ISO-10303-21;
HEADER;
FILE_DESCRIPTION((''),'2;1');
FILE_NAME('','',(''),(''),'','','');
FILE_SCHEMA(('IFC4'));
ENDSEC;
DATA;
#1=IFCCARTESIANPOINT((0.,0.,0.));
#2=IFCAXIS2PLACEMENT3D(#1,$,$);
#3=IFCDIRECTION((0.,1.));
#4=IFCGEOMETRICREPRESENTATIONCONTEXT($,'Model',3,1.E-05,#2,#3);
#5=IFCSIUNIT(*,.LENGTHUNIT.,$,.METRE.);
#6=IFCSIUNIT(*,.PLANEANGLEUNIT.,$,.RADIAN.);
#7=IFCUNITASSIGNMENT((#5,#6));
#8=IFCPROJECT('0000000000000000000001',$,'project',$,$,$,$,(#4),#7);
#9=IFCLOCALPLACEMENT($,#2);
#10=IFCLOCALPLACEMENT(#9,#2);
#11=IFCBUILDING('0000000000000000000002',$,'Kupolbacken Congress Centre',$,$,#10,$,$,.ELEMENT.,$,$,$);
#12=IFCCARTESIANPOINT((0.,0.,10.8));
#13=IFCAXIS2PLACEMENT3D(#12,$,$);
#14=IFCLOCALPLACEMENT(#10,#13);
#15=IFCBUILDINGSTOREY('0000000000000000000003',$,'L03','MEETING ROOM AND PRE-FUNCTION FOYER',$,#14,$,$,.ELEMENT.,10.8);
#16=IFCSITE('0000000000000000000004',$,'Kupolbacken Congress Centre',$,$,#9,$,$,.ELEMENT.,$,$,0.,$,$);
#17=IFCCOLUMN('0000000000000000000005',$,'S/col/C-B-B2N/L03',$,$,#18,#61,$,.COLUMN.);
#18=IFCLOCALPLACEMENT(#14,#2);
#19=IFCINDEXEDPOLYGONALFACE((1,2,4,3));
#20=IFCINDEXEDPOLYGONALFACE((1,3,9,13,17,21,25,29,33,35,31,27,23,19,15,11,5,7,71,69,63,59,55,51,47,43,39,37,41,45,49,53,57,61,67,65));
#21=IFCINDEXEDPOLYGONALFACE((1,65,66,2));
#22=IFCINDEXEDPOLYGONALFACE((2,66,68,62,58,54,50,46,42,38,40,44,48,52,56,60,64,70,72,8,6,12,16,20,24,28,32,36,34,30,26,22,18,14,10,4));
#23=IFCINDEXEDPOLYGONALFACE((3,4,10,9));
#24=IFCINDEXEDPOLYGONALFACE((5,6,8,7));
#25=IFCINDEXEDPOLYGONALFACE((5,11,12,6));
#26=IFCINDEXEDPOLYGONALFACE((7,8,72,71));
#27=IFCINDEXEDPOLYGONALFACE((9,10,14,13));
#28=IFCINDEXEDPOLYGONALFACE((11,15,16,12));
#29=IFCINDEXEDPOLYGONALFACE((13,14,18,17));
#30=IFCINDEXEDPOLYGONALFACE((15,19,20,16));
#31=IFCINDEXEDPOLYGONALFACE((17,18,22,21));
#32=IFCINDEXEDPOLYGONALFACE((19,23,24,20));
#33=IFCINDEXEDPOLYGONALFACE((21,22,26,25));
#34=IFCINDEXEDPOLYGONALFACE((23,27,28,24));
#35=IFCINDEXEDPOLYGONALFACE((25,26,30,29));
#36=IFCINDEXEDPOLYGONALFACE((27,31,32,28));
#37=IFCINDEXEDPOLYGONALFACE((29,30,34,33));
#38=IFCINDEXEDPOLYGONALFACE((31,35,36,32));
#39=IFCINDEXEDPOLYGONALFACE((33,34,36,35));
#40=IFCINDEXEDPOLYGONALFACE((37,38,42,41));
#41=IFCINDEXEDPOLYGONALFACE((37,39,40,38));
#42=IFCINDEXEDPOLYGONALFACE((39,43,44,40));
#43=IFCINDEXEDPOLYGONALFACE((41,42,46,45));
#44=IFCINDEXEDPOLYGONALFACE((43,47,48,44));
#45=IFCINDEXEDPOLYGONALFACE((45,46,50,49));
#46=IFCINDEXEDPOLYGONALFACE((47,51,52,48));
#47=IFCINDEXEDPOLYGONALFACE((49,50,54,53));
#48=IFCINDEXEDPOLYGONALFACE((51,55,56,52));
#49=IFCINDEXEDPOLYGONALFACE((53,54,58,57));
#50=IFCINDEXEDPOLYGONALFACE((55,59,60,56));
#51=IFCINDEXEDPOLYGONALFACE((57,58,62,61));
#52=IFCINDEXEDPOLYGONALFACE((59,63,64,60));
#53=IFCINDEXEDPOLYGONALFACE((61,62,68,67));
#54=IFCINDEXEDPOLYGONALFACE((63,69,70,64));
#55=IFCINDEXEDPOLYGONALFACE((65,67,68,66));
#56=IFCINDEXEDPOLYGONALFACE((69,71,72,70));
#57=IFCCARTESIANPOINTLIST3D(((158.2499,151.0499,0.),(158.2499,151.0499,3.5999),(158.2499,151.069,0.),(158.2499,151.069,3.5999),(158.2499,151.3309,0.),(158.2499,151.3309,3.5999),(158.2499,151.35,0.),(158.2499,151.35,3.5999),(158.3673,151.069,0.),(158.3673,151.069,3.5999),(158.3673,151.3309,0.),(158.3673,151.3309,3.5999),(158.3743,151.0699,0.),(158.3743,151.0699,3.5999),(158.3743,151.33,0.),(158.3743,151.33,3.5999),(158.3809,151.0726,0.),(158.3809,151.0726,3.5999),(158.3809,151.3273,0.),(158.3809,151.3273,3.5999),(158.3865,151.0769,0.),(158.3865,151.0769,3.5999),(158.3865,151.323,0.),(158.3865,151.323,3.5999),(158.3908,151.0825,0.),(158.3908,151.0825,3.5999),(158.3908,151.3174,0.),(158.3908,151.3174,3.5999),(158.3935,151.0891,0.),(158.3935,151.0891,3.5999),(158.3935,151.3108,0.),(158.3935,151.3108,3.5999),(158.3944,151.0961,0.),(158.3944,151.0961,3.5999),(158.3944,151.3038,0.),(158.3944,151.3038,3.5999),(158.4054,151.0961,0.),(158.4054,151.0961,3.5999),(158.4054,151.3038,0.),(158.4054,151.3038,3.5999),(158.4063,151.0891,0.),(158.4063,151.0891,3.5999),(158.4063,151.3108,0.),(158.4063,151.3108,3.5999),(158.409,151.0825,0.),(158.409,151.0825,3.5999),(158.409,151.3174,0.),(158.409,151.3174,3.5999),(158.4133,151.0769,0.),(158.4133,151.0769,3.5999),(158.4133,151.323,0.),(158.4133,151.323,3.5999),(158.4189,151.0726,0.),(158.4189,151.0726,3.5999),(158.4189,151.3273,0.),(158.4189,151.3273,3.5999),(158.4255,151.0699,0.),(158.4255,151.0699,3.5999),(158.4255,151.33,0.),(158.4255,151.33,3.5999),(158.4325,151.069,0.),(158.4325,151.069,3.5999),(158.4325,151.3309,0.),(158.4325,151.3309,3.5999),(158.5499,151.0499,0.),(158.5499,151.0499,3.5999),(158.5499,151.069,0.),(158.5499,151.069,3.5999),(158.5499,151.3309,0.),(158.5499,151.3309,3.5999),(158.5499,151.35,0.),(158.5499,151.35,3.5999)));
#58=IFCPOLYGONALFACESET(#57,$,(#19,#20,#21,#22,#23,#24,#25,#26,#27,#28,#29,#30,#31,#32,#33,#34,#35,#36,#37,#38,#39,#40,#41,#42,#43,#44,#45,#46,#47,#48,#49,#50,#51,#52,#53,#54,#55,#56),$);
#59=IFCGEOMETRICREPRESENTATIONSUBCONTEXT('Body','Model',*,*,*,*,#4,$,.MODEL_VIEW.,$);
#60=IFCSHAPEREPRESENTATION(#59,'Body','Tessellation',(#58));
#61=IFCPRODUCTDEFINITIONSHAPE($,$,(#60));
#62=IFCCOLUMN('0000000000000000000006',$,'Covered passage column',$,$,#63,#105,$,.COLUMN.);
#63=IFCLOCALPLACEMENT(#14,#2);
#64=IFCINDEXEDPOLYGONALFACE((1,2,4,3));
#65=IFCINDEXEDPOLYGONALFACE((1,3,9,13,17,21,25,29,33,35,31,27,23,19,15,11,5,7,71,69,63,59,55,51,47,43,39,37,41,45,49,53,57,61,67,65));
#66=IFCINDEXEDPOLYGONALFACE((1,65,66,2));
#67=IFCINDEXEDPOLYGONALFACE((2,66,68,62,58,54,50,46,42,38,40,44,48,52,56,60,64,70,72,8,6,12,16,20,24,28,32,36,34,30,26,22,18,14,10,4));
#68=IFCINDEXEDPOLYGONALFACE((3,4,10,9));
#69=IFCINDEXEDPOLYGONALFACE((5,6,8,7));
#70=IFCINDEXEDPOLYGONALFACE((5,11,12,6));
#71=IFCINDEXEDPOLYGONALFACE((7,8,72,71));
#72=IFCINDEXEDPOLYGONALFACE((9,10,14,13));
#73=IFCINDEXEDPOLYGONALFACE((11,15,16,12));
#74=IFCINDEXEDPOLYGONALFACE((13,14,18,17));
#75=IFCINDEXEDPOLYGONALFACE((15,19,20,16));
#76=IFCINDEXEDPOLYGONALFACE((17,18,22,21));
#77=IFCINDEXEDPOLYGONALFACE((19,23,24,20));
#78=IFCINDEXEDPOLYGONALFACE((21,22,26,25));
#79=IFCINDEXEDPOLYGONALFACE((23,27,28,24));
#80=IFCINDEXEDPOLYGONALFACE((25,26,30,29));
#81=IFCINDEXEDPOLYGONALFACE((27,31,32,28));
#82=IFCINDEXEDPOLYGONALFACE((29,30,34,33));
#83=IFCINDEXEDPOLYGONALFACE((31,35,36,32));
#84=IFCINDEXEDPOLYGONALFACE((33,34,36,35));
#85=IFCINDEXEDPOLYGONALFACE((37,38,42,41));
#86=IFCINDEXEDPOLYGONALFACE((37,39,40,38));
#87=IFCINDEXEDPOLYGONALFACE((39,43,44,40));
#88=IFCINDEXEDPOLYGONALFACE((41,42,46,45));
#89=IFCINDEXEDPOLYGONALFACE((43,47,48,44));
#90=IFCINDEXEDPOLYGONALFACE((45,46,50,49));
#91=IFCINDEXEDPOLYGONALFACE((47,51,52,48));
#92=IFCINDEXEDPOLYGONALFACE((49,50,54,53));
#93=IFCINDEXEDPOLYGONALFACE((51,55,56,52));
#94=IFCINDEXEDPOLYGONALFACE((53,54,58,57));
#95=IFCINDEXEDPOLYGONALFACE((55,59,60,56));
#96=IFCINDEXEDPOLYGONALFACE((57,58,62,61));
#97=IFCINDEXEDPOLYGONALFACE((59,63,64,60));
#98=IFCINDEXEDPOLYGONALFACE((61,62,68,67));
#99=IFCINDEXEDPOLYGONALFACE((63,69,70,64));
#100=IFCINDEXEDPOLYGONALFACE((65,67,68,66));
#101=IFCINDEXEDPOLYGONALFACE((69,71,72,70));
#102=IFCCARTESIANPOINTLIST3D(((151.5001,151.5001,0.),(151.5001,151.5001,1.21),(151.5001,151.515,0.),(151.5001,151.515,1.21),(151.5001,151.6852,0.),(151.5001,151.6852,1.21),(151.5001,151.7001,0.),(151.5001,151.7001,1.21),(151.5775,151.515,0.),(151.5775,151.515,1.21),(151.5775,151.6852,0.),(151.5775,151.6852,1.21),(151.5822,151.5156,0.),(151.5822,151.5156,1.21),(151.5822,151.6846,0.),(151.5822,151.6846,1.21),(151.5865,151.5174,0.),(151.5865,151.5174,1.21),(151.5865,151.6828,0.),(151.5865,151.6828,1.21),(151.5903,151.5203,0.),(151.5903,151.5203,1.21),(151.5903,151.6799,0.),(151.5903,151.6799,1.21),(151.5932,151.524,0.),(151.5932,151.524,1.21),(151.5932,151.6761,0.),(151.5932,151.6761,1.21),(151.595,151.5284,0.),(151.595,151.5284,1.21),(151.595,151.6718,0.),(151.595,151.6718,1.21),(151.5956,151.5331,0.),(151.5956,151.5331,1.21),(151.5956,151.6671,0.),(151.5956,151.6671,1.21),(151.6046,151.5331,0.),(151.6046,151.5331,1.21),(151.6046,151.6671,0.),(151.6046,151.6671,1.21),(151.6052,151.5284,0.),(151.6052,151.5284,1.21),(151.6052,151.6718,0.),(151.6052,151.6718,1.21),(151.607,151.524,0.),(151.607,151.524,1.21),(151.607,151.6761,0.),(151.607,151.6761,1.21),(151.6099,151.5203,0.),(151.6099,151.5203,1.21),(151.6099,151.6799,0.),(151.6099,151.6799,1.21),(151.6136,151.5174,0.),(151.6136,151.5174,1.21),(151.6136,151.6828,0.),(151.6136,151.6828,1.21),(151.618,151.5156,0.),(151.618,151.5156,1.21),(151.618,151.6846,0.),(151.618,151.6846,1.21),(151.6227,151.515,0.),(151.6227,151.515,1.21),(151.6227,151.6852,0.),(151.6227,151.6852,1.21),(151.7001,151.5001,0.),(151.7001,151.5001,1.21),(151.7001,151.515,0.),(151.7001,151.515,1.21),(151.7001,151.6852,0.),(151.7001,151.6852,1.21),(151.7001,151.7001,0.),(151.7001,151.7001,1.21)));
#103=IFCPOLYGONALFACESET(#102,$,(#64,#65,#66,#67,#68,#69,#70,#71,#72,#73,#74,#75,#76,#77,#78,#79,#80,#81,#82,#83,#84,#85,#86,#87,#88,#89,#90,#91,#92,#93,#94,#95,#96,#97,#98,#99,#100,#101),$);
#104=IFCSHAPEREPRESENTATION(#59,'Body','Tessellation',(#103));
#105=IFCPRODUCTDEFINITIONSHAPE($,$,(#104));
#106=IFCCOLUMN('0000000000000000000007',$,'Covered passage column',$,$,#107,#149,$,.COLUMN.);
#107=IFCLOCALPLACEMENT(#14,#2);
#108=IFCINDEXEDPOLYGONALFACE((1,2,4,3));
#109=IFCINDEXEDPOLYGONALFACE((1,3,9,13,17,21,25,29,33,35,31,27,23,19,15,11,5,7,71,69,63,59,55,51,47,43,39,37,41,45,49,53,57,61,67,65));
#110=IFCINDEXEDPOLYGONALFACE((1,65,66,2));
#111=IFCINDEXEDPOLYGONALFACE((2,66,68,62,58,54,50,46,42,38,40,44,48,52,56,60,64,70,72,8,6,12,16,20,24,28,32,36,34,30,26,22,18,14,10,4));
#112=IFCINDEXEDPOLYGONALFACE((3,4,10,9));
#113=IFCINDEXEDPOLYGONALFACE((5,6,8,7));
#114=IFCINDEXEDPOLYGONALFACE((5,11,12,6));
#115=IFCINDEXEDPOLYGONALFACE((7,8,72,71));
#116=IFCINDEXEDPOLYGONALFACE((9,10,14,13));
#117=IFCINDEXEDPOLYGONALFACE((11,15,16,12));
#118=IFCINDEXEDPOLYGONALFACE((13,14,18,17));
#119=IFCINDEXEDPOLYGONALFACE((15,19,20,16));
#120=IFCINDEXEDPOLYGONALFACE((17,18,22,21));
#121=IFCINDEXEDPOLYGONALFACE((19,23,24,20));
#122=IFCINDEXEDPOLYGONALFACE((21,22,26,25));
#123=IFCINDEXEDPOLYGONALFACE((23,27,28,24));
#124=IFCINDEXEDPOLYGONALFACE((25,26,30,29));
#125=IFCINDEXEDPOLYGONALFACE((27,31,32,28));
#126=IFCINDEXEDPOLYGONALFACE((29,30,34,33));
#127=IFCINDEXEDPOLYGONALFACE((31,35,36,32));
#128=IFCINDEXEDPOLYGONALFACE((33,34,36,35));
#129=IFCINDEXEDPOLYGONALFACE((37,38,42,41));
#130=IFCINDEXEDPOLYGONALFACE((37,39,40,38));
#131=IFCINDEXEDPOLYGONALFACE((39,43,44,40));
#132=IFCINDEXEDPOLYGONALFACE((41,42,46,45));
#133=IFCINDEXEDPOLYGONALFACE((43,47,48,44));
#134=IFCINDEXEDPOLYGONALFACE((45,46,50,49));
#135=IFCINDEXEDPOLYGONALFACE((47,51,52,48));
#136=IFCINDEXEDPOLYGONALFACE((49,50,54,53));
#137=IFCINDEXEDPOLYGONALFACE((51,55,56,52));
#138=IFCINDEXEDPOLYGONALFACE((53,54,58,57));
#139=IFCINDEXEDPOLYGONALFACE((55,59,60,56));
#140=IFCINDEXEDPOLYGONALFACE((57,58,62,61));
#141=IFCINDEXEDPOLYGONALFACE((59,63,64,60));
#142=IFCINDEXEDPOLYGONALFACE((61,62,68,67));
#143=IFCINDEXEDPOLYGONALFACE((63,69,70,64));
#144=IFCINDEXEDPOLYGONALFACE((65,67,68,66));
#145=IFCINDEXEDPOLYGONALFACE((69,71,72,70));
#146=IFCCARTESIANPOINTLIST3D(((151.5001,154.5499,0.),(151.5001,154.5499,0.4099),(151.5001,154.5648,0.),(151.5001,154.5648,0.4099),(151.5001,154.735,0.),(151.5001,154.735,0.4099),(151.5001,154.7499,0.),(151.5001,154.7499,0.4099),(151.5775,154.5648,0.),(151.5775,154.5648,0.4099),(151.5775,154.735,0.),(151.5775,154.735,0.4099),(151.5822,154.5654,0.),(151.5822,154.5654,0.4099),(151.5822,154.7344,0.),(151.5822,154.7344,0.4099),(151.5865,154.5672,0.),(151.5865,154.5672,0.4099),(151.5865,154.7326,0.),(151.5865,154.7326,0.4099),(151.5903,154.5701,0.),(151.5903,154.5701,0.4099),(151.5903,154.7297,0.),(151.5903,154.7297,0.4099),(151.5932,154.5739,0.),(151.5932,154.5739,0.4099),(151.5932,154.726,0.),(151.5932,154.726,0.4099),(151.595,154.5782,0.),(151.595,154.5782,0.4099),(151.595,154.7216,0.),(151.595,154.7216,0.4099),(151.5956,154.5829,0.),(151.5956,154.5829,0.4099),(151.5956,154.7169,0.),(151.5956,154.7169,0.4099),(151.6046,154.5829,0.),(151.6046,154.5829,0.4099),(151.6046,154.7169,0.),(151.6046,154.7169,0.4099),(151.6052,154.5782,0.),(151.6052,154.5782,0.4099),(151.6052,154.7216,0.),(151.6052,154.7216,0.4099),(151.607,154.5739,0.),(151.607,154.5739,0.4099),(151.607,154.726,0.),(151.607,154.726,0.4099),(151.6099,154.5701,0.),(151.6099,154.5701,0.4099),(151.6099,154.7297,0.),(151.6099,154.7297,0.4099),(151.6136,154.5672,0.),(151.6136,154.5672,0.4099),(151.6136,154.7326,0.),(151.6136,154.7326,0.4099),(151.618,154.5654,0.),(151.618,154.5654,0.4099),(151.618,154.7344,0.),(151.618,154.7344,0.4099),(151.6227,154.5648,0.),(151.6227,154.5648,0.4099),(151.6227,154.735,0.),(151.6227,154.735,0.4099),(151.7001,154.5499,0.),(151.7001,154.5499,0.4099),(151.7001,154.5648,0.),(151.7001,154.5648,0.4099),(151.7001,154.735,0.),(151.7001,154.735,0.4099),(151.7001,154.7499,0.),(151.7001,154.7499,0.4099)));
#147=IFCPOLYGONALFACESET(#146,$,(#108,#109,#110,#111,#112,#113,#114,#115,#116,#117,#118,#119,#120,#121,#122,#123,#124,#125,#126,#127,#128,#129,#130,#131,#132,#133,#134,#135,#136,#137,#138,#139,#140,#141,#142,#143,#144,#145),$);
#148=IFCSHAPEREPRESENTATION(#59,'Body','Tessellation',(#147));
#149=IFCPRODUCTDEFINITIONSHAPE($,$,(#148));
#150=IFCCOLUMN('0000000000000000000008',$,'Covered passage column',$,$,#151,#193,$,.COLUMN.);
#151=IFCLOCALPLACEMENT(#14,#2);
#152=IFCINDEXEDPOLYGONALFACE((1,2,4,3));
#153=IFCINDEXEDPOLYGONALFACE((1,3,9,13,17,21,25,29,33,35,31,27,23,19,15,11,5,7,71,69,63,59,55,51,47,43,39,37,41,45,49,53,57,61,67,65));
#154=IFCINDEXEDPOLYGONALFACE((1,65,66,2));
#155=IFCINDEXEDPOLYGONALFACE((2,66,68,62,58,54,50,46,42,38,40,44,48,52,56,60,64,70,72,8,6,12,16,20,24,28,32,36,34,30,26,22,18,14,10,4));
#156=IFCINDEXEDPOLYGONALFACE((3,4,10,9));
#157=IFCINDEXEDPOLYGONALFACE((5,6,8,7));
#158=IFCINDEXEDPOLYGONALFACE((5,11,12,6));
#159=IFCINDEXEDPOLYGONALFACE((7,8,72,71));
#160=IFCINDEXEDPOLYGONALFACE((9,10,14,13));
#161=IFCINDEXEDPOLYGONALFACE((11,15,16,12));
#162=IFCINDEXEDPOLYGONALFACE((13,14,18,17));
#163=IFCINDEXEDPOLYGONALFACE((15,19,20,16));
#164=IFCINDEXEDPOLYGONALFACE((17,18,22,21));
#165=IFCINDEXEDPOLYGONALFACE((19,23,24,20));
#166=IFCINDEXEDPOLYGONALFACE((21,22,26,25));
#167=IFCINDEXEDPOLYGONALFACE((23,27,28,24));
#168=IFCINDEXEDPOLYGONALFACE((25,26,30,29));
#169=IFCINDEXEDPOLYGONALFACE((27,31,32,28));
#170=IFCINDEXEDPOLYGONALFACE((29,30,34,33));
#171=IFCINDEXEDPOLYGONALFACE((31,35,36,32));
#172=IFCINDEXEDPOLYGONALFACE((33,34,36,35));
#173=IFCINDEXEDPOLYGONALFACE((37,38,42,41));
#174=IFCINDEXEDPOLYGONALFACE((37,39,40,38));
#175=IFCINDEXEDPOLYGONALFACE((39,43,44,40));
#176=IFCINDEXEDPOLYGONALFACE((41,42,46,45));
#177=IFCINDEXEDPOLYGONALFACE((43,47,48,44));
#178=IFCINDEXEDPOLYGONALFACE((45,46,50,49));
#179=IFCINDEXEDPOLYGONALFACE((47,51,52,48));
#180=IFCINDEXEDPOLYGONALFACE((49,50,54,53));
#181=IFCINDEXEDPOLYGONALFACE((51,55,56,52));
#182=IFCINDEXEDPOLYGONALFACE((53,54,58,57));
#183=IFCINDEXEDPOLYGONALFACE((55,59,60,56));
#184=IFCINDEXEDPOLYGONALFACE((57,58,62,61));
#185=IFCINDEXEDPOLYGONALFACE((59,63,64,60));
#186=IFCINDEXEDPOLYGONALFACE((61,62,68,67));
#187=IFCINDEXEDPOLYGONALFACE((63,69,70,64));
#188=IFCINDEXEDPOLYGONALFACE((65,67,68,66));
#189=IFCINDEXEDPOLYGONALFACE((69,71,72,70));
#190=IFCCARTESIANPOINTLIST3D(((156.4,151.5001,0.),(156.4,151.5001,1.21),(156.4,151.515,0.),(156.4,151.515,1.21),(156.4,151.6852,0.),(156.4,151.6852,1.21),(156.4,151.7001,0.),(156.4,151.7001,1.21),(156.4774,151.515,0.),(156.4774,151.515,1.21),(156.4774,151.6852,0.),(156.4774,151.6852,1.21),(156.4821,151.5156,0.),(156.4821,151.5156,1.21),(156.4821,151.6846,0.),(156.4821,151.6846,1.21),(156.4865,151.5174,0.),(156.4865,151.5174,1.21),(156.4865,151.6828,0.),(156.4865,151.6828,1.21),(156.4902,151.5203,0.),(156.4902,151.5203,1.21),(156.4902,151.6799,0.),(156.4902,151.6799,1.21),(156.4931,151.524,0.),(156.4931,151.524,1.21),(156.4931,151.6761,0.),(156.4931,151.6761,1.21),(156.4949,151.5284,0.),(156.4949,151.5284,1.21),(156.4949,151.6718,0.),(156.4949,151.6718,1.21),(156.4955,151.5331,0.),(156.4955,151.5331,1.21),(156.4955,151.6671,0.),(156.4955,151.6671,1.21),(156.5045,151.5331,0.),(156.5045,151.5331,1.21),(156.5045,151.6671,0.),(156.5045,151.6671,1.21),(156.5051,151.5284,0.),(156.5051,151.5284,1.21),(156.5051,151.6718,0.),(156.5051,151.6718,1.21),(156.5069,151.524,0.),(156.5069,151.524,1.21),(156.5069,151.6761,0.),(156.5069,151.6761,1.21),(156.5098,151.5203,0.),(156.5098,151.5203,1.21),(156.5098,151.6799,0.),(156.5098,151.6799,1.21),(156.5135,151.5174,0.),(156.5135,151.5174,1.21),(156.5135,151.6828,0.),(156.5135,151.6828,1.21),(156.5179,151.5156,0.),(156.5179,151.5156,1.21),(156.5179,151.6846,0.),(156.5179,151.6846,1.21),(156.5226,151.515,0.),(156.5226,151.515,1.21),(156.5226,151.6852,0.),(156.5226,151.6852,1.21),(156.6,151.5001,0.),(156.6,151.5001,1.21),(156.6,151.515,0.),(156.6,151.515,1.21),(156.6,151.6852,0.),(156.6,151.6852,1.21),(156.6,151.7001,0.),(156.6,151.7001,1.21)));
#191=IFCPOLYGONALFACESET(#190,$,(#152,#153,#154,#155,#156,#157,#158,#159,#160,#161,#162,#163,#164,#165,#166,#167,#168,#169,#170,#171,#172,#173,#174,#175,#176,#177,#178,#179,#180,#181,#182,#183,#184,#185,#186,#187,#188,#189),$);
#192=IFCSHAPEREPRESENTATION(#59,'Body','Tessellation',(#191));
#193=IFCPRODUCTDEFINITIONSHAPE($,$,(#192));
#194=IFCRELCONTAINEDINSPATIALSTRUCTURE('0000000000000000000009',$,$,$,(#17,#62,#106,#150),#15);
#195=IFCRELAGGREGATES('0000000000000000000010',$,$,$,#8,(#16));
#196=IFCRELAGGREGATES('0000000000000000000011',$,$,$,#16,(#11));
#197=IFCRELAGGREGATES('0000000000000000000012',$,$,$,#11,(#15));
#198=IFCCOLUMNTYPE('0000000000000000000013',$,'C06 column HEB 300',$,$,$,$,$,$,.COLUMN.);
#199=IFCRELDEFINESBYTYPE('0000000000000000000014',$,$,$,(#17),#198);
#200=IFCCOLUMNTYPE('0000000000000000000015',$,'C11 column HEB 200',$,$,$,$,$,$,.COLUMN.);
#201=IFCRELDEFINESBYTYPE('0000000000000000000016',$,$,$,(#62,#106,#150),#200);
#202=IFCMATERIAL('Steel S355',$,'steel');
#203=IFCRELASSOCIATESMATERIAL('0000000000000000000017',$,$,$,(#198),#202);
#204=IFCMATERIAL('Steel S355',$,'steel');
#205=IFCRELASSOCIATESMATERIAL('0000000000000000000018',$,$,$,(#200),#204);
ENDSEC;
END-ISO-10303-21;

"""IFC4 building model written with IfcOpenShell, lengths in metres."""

from ifc_helpers import new_model, si_unit, direction, frame, origin, origin_2d, place, context, subcontext, project, spatial, i_section, extrude, material, material_profile, profile_set, type_object, element, save


model = new_model("IFC4")

# Units and contexts
model_context = context("Model", 3, precision=1e-05, world=origin(), true_north=direction((0.0, 1.0)))
body_context = subcontext(model_context, "Body", "Model", "MODEL_VIEW")
ifc_project = project(units=[si_unit("LENGTHUNIT", "METRE"), si_unit("PLANEANGLEUNIT", "RADIAN")], contexts=[model_context])

# Site, building, storey
site_placement = place(None, origin())
site = spatial("IfcSite", under=ifc_project, at=site_placement, Name="Kupolbacken Congress Centre", CompositionType="ELEMENT", RefElevation=0.0)
building_placement = place(site_placement, origin())
building = spatial("IfcBuilding", under=site, at=building_placement, Name="Kupolbacken Congress Centre", CompositionType="ELEMENT")
storey_placement = place(building_placement, frame((0.0, 0.0, 10.8)))
storey = spatial("IfcBuildingStorey", under=building, at=storey_placement, Name="L03", Description="MEETING ROOM AND PRE-FUNCTION FOYER", CompositionType="ELEMENT", Elevation=10.8)

# Columns
ifc_material_1 = material(Name="Steel S355", Category="steel")
ifc_material_profile_1 = material_profile(ifc_material_1, i_section(OverallWidth=0.3, OverallDepth=0.3, WebThickness=0.011, FlangeThickness=0.019, FilletRadius=0.0271, at=origin_2d()), Name="HEB 300")
ifc_profile_set_1 = profile_set([ifc_material_profile_1], Name="Steel S355")
column_type_1 = type_object("IfcColumnType", Name="C06 column HEB 300", PredefinedType="COLUMN", material=ifc_profile_set_1)
column_1_placement = place(storey_placement, frame((158.3999, 151.2, 0.0), z_axis=(0.0, 0.0, 1.0), x_axis=(1.0, 0.0, 0.0)))
element("IfcColumn", 1, at=column_1_placement, inside=storey, type_object=column_type_1, Name="S/col/C-B-B2N/L03", PredefinedType="COLUMN", context=body_context, shape_type="SweptSolid", body=[
    extrude(i_section(OverallWidth=0.3, OverallDepth=0.3, WebThickness=0.011, FlangeThickness=0.019, FilletRadius=0.0271, at=origin_2d()), origin(), (0.0, 0.0, 1.0), 3.5999),
])
ifc_material_2 = material(Name="Steel S355", Category="steel")
ifc_material_profile_2 = material_profile(ifc_material_2, i_section(OverallWidth=0.2, OverallDepth=0.2, WebThickness=0.009, FlangeThickness=0.0149, FilletRadius=0.0181, at=origin_2d()), Name="HEB 200")
ifc_profile_set_2 = profile_set([ifc_material_profile_2], Name="Steel S355")
column_type_2 = type_object("IfcColumnType", Name="C11 column HEB 200", PredefinedType="COLUMN", material=ifc_profile_set_2)
column_2_placement = place(storey_placement, frame((151.6001, 151.6001, 0.0), z_axis=(0.0, 0.0, 1.0), x_axis=(1.0, 0.0, 0.0)))
element("IfcColumn", 2, at=column_2_placement, inside=storey, type_object=column_type_2, Name="Covered passage column", PredefinedType="COLUMN", context=body_context, shape_type="SweptSolid", body=[
    extrude(i_section(OverallWidth=0.2, OverallDepth=0.2, WebThickness=0.009, FlangeThickness=0.0149, FilletRadius=0.0181, at=origin_2d()), origin(), (0.0, 0.0, 1.0), 1.21),
])
column_3_placement = place(storey_placement, frame((151.6001, 154.6499, 0.0), z_axis=(0.0, 0.0, 1.0), x_axis=(1.0, 0.0, 0.0)))
element("IfcColumn", 3, at=column_3_placement, inside=storey, type_object=column_type_2, Name="Covered passage column", PredefinedType="COLUMN", context=body_context, shape_type="SweptSolid", body=[
    extrude(i_section(OverallWidth=0.2, OverallDepth=0.2, WebThickness=0.009, FlangeThickness=0.0149, FilletRadius=0.0181, at=origin_2d()), origin(), (0.0, 0.0, 1.0), 0.4099),
])
column_4_placement = place(storey_placement, frame((156.5, 151.6001, 0.0), z_axis=(0.0, 0.0, 1.0), x_axis=(1.0, 0.0, 0.0)))
element("IfcColumn", 4, at=column_4_placement, inside=storey, type_object=column_type_2, Name="Covered passage column", PredefinedType="COLUMN", context=body_context, shape_type="SweptSolid", body=[
    extrude(i_section(OverallWidth=0.2, OverallDepth=0.2, WebThickness=0.009, FlangeThickness=0.0149, FilletRadius=0.0181, at=origin_2d()), origin(), (0.0, 0.0, 1.0), 1.21),
])

save(model, "model.ifc")
